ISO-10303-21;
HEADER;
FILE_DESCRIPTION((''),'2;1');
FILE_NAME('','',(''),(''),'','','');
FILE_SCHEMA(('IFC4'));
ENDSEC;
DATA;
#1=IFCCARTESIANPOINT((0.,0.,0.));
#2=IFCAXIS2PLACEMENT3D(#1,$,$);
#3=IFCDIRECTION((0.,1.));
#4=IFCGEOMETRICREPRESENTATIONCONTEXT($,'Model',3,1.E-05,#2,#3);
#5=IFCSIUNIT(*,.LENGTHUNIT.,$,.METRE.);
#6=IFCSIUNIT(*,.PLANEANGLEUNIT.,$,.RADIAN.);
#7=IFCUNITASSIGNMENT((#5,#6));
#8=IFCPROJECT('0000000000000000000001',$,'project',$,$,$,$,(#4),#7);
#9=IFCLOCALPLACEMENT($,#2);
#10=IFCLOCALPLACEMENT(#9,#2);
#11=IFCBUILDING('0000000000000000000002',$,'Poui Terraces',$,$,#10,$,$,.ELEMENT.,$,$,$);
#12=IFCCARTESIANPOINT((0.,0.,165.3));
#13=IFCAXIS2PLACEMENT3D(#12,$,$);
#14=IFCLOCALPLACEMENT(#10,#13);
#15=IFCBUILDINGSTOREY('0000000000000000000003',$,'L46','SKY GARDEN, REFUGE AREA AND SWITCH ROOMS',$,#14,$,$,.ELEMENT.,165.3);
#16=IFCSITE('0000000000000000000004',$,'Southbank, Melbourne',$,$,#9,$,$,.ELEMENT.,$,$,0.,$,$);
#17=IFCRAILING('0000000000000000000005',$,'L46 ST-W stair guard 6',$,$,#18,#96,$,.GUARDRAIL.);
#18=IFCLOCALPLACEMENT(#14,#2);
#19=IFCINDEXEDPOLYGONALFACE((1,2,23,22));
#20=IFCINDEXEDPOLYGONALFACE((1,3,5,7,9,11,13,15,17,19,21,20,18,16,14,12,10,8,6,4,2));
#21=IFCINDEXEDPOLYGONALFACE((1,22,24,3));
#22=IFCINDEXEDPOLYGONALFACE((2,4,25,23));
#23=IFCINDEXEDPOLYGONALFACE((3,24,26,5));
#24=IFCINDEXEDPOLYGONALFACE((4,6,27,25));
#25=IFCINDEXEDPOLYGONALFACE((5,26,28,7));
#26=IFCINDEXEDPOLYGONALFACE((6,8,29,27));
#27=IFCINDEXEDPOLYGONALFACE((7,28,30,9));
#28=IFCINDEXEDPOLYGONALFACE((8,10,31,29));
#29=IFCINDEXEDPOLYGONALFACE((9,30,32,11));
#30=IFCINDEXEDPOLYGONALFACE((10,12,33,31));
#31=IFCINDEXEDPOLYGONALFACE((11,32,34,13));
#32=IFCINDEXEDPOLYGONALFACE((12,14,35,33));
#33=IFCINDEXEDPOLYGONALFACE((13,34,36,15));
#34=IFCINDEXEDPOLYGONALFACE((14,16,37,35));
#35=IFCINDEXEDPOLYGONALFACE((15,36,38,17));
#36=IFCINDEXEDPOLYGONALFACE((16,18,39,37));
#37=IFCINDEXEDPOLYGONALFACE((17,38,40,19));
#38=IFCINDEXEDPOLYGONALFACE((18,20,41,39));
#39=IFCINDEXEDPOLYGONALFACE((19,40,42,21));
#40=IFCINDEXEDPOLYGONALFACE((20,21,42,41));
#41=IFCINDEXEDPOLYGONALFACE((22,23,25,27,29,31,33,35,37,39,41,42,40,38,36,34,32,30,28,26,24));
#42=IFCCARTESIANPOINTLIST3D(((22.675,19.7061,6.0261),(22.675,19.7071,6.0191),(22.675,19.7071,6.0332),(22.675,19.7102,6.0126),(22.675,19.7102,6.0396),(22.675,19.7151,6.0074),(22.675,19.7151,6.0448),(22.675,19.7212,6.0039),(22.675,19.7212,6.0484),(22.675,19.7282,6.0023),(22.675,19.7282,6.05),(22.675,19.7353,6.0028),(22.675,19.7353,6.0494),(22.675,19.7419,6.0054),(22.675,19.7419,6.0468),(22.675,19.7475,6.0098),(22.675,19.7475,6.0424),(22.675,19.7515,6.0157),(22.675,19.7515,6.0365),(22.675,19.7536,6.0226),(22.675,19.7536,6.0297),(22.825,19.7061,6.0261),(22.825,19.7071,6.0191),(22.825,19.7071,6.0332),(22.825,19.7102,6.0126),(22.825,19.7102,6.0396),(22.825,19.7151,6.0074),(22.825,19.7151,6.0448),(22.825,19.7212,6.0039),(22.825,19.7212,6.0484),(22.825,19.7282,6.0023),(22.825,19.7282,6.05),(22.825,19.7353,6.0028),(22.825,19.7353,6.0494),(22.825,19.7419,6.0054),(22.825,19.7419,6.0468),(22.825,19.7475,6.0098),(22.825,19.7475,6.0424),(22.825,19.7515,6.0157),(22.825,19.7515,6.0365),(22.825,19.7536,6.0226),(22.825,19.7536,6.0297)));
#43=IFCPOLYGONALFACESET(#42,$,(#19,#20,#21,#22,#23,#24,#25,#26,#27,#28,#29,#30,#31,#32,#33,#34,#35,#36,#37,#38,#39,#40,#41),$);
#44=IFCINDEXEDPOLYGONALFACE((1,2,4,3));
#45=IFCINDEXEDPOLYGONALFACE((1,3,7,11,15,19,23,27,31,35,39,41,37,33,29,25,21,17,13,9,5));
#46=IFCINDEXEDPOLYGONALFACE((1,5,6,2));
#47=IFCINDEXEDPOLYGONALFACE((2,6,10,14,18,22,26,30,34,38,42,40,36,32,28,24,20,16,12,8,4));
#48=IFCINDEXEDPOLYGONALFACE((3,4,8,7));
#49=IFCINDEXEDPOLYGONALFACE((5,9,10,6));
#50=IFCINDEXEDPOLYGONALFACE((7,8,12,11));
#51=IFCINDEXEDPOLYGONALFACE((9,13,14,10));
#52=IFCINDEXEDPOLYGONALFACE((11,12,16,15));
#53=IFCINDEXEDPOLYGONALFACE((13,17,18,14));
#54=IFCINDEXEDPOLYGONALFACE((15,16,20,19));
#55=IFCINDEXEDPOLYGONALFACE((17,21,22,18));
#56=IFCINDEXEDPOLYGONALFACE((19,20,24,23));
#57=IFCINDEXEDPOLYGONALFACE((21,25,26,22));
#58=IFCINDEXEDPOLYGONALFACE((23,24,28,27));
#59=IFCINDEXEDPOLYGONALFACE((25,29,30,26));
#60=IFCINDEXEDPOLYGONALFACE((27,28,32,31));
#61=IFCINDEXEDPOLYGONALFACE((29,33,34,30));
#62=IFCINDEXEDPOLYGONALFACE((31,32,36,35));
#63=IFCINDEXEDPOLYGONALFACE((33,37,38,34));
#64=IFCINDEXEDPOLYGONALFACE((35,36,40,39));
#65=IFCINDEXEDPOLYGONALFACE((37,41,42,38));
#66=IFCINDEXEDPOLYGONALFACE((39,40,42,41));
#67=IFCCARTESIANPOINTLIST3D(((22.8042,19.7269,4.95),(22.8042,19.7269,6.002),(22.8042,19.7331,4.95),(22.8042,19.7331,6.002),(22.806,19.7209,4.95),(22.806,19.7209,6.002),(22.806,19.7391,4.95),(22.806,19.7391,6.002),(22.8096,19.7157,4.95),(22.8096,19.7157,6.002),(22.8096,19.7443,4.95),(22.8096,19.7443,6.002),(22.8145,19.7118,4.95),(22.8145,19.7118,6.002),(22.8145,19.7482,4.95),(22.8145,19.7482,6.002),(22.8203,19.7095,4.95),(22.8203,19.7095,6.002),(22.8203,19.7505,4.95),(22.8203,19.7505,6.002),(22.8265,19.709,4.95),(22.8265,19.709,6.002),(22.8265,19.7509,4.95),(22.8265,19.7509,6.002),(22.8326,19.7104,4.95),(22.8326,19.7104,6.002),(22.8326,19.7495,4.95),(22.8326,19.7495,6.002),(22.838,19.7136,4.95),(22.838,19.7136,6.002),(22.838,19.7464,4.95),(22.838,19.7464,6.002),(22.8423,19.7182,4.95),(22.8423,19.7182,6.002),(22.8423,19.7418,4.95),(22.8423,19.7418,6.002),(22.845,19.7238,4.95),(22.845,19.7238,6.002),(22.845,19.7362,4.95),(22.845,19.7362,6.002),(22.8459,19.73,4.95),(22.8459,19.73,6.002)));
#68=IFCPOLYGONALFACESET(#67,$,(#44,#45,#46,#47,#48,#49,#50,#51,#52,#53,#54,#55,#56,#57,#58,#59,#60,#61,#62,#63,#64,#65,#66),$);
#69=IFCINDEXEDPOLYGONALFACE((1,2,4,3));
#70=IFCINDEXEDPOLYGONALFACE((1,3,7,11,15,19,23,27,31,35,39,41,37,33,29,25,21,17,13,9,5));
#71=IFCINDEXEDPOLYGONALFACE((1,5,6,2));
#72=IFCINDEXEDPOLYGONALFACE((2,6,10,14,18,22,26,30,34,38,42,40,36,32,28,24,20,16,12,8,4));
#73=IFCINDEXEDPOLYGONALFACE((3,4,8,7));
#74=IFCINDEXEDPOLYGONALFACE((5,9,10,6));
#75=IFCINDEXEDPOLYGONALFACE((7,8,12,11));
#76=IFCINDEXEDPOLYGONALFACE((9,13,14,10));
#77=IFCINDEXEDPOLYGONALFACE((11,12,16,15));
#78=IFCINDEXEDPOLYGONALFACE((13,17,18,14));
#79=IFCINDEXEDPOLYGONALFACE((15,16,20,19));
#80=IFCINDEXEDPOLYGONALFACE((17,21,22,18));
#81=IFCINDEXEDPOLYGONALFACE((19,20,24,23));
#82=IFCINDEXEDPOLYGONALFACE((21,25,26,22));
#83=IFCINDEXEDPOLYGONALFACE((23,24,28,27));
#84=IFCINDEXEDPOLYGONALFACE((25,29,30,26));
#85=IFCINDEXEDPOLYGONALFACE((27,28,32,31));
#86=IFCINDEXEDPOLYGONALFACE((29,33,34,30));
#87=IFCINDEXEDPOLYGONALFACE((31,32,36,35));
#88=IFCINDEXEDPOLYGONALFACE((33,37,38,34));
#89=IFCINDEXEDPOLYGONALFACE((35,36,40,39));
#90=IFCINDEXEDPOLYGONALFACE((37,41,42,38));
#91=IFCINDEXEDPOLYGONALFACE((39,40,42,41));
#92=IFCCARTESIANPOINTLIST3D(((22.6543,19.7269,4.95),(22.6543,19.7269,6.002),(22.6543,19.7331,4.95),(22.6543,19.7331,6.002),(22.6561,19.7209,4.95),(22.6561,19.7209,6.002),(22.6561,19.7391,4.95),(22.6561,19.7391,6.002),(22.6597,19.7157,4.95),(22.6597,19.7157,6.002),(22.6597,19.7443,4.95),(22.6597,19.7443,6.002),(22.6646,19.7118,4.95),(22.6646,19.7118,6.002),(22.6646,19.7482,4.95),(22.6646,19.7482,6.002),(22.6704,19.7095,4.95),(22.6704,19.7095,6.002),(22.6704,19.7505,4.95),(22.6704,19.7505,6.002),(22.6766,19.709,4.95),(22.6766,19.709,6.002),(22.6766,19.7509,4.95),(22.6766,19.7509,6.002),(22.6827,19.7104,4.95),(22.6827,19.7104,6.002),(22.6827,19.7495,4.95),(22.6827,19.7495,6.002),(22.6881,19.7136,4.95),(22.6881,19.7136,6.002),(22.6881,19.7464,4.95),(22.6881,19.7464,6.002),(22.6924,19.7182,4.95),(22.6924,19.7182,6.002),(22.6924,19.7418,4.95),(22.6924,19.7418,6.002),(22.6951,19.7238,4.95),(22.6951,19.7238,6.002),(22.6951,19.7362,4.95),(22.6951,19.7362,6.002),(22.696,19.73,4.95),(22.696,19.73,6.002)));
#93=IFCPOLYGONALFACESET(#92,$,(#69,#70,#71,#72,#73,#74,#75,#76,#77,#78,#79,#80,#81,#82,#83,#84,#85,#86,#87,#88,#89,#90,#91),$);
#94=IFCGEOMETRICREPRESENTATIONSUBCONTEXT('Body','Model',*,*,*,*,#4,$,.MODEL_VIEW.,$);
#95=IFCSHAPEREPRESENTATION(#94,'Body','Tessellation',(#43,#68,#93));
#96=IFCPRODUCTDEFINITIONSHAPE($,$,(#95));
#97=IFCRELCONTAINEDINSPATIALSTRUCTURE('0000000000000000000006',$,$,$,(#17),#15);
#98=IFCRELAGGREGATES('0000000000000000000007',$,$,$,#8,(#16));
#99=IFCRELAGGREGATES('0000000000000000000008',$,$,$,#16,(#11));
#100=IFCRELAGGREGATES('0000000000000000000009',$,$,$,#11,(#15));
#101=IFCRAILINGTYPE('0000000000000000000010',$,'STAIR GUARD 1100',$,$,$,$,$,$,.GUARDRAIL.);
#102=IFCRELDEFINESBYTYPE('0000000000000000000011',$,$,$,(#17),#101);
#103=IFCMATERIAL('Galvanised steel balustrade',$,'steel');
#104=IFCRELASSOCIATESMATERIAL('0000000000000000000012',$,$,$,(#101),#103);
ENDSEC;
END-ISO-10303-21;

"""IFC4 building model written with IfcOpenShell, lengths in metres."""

from ifc_helpers import new_model, si_unit, direction, frame, origin, origin_2d, place, context, subcontext, project, spatial, circle, extrude, material, type_object, element, save


model = new_model("IFC4")

# Units and contexts
model_context = context("Model", 3, precision=1e-05, world=origin(), true_north=direction((0.0, 1.0)))
body_context = subcontext(model_context, "Body", "Model", "MODEL_VIEW")
ifc_project = project(units=[si_unit("LENGTHUNIT", "METRE"), si_unit("PLANEANGLEUNIT", "RADIAN")], contexts=[model_context])

# Site, building, storey
site_placement = place(None, origin())
site = spatial("IfcSite", under=ifc_project, at=site_placement, Name="Southbank, Melbourne", CompositionType="ELEMENT", RefElevation=0.0)
building_placement = place(site_placement, origin())
building = spatial("IfcBuilding", under=site, at=building_placement, Name="Poui Terraces", CompositionType="ELEMENT")
storey_placement = place(building_placement, frame((0.0, 0.0, 165.3)))
storey = spatial("IfcBuildingStorey", under=building, at=storey_placement, Name="L46", Description="SKY GARDEN, REFUGE AREA AND SWITCH ROOMS", CompositionType="ELEMENT", Elevation=165.3)

# Railing
ifc_material_1 = material(Name="Galvanised steel balustrade", Category="steel")
railing_type = type_object("IfcRailingType", Name="STAIR GUARD 1100", PredefinedType="GUARDRAIL", material=ifc_material_1)
for number, where, name in (
    (1, (22.825, 19.73, 4.95), "L46 ST-W stair guard 6"),
):
    element("IfcRailing", number, at=place(storey_placement, frame(where)), inside=storey, type_object=railing_type, Name=name, PredefinedType="GUARDRAIL", context=body_context, shape_type="SweptSolid", body=[
        extrude(circle(Radius=0.0239, at=origin_2d()), frame((0.0, 0.0, 1.0762), z_axis=(-1.0, 0.0, 0.0), x_axis=(0.0, -1.0, 0.0)), (0.0, 0.0, 1.0), 0.1499),
        extrude(circle(Radius=0.021, at=origin_2d()), origin(), (0.0, 0.0, 1.0), 1.052),
        extrude(circle(Radius=0.021, at=origin_2d()), frame((-0.1499, 0.0, 0.0)), (0.0, 0.0, 1.0), 1.052),
    ])

save(model, "model.ifc")
